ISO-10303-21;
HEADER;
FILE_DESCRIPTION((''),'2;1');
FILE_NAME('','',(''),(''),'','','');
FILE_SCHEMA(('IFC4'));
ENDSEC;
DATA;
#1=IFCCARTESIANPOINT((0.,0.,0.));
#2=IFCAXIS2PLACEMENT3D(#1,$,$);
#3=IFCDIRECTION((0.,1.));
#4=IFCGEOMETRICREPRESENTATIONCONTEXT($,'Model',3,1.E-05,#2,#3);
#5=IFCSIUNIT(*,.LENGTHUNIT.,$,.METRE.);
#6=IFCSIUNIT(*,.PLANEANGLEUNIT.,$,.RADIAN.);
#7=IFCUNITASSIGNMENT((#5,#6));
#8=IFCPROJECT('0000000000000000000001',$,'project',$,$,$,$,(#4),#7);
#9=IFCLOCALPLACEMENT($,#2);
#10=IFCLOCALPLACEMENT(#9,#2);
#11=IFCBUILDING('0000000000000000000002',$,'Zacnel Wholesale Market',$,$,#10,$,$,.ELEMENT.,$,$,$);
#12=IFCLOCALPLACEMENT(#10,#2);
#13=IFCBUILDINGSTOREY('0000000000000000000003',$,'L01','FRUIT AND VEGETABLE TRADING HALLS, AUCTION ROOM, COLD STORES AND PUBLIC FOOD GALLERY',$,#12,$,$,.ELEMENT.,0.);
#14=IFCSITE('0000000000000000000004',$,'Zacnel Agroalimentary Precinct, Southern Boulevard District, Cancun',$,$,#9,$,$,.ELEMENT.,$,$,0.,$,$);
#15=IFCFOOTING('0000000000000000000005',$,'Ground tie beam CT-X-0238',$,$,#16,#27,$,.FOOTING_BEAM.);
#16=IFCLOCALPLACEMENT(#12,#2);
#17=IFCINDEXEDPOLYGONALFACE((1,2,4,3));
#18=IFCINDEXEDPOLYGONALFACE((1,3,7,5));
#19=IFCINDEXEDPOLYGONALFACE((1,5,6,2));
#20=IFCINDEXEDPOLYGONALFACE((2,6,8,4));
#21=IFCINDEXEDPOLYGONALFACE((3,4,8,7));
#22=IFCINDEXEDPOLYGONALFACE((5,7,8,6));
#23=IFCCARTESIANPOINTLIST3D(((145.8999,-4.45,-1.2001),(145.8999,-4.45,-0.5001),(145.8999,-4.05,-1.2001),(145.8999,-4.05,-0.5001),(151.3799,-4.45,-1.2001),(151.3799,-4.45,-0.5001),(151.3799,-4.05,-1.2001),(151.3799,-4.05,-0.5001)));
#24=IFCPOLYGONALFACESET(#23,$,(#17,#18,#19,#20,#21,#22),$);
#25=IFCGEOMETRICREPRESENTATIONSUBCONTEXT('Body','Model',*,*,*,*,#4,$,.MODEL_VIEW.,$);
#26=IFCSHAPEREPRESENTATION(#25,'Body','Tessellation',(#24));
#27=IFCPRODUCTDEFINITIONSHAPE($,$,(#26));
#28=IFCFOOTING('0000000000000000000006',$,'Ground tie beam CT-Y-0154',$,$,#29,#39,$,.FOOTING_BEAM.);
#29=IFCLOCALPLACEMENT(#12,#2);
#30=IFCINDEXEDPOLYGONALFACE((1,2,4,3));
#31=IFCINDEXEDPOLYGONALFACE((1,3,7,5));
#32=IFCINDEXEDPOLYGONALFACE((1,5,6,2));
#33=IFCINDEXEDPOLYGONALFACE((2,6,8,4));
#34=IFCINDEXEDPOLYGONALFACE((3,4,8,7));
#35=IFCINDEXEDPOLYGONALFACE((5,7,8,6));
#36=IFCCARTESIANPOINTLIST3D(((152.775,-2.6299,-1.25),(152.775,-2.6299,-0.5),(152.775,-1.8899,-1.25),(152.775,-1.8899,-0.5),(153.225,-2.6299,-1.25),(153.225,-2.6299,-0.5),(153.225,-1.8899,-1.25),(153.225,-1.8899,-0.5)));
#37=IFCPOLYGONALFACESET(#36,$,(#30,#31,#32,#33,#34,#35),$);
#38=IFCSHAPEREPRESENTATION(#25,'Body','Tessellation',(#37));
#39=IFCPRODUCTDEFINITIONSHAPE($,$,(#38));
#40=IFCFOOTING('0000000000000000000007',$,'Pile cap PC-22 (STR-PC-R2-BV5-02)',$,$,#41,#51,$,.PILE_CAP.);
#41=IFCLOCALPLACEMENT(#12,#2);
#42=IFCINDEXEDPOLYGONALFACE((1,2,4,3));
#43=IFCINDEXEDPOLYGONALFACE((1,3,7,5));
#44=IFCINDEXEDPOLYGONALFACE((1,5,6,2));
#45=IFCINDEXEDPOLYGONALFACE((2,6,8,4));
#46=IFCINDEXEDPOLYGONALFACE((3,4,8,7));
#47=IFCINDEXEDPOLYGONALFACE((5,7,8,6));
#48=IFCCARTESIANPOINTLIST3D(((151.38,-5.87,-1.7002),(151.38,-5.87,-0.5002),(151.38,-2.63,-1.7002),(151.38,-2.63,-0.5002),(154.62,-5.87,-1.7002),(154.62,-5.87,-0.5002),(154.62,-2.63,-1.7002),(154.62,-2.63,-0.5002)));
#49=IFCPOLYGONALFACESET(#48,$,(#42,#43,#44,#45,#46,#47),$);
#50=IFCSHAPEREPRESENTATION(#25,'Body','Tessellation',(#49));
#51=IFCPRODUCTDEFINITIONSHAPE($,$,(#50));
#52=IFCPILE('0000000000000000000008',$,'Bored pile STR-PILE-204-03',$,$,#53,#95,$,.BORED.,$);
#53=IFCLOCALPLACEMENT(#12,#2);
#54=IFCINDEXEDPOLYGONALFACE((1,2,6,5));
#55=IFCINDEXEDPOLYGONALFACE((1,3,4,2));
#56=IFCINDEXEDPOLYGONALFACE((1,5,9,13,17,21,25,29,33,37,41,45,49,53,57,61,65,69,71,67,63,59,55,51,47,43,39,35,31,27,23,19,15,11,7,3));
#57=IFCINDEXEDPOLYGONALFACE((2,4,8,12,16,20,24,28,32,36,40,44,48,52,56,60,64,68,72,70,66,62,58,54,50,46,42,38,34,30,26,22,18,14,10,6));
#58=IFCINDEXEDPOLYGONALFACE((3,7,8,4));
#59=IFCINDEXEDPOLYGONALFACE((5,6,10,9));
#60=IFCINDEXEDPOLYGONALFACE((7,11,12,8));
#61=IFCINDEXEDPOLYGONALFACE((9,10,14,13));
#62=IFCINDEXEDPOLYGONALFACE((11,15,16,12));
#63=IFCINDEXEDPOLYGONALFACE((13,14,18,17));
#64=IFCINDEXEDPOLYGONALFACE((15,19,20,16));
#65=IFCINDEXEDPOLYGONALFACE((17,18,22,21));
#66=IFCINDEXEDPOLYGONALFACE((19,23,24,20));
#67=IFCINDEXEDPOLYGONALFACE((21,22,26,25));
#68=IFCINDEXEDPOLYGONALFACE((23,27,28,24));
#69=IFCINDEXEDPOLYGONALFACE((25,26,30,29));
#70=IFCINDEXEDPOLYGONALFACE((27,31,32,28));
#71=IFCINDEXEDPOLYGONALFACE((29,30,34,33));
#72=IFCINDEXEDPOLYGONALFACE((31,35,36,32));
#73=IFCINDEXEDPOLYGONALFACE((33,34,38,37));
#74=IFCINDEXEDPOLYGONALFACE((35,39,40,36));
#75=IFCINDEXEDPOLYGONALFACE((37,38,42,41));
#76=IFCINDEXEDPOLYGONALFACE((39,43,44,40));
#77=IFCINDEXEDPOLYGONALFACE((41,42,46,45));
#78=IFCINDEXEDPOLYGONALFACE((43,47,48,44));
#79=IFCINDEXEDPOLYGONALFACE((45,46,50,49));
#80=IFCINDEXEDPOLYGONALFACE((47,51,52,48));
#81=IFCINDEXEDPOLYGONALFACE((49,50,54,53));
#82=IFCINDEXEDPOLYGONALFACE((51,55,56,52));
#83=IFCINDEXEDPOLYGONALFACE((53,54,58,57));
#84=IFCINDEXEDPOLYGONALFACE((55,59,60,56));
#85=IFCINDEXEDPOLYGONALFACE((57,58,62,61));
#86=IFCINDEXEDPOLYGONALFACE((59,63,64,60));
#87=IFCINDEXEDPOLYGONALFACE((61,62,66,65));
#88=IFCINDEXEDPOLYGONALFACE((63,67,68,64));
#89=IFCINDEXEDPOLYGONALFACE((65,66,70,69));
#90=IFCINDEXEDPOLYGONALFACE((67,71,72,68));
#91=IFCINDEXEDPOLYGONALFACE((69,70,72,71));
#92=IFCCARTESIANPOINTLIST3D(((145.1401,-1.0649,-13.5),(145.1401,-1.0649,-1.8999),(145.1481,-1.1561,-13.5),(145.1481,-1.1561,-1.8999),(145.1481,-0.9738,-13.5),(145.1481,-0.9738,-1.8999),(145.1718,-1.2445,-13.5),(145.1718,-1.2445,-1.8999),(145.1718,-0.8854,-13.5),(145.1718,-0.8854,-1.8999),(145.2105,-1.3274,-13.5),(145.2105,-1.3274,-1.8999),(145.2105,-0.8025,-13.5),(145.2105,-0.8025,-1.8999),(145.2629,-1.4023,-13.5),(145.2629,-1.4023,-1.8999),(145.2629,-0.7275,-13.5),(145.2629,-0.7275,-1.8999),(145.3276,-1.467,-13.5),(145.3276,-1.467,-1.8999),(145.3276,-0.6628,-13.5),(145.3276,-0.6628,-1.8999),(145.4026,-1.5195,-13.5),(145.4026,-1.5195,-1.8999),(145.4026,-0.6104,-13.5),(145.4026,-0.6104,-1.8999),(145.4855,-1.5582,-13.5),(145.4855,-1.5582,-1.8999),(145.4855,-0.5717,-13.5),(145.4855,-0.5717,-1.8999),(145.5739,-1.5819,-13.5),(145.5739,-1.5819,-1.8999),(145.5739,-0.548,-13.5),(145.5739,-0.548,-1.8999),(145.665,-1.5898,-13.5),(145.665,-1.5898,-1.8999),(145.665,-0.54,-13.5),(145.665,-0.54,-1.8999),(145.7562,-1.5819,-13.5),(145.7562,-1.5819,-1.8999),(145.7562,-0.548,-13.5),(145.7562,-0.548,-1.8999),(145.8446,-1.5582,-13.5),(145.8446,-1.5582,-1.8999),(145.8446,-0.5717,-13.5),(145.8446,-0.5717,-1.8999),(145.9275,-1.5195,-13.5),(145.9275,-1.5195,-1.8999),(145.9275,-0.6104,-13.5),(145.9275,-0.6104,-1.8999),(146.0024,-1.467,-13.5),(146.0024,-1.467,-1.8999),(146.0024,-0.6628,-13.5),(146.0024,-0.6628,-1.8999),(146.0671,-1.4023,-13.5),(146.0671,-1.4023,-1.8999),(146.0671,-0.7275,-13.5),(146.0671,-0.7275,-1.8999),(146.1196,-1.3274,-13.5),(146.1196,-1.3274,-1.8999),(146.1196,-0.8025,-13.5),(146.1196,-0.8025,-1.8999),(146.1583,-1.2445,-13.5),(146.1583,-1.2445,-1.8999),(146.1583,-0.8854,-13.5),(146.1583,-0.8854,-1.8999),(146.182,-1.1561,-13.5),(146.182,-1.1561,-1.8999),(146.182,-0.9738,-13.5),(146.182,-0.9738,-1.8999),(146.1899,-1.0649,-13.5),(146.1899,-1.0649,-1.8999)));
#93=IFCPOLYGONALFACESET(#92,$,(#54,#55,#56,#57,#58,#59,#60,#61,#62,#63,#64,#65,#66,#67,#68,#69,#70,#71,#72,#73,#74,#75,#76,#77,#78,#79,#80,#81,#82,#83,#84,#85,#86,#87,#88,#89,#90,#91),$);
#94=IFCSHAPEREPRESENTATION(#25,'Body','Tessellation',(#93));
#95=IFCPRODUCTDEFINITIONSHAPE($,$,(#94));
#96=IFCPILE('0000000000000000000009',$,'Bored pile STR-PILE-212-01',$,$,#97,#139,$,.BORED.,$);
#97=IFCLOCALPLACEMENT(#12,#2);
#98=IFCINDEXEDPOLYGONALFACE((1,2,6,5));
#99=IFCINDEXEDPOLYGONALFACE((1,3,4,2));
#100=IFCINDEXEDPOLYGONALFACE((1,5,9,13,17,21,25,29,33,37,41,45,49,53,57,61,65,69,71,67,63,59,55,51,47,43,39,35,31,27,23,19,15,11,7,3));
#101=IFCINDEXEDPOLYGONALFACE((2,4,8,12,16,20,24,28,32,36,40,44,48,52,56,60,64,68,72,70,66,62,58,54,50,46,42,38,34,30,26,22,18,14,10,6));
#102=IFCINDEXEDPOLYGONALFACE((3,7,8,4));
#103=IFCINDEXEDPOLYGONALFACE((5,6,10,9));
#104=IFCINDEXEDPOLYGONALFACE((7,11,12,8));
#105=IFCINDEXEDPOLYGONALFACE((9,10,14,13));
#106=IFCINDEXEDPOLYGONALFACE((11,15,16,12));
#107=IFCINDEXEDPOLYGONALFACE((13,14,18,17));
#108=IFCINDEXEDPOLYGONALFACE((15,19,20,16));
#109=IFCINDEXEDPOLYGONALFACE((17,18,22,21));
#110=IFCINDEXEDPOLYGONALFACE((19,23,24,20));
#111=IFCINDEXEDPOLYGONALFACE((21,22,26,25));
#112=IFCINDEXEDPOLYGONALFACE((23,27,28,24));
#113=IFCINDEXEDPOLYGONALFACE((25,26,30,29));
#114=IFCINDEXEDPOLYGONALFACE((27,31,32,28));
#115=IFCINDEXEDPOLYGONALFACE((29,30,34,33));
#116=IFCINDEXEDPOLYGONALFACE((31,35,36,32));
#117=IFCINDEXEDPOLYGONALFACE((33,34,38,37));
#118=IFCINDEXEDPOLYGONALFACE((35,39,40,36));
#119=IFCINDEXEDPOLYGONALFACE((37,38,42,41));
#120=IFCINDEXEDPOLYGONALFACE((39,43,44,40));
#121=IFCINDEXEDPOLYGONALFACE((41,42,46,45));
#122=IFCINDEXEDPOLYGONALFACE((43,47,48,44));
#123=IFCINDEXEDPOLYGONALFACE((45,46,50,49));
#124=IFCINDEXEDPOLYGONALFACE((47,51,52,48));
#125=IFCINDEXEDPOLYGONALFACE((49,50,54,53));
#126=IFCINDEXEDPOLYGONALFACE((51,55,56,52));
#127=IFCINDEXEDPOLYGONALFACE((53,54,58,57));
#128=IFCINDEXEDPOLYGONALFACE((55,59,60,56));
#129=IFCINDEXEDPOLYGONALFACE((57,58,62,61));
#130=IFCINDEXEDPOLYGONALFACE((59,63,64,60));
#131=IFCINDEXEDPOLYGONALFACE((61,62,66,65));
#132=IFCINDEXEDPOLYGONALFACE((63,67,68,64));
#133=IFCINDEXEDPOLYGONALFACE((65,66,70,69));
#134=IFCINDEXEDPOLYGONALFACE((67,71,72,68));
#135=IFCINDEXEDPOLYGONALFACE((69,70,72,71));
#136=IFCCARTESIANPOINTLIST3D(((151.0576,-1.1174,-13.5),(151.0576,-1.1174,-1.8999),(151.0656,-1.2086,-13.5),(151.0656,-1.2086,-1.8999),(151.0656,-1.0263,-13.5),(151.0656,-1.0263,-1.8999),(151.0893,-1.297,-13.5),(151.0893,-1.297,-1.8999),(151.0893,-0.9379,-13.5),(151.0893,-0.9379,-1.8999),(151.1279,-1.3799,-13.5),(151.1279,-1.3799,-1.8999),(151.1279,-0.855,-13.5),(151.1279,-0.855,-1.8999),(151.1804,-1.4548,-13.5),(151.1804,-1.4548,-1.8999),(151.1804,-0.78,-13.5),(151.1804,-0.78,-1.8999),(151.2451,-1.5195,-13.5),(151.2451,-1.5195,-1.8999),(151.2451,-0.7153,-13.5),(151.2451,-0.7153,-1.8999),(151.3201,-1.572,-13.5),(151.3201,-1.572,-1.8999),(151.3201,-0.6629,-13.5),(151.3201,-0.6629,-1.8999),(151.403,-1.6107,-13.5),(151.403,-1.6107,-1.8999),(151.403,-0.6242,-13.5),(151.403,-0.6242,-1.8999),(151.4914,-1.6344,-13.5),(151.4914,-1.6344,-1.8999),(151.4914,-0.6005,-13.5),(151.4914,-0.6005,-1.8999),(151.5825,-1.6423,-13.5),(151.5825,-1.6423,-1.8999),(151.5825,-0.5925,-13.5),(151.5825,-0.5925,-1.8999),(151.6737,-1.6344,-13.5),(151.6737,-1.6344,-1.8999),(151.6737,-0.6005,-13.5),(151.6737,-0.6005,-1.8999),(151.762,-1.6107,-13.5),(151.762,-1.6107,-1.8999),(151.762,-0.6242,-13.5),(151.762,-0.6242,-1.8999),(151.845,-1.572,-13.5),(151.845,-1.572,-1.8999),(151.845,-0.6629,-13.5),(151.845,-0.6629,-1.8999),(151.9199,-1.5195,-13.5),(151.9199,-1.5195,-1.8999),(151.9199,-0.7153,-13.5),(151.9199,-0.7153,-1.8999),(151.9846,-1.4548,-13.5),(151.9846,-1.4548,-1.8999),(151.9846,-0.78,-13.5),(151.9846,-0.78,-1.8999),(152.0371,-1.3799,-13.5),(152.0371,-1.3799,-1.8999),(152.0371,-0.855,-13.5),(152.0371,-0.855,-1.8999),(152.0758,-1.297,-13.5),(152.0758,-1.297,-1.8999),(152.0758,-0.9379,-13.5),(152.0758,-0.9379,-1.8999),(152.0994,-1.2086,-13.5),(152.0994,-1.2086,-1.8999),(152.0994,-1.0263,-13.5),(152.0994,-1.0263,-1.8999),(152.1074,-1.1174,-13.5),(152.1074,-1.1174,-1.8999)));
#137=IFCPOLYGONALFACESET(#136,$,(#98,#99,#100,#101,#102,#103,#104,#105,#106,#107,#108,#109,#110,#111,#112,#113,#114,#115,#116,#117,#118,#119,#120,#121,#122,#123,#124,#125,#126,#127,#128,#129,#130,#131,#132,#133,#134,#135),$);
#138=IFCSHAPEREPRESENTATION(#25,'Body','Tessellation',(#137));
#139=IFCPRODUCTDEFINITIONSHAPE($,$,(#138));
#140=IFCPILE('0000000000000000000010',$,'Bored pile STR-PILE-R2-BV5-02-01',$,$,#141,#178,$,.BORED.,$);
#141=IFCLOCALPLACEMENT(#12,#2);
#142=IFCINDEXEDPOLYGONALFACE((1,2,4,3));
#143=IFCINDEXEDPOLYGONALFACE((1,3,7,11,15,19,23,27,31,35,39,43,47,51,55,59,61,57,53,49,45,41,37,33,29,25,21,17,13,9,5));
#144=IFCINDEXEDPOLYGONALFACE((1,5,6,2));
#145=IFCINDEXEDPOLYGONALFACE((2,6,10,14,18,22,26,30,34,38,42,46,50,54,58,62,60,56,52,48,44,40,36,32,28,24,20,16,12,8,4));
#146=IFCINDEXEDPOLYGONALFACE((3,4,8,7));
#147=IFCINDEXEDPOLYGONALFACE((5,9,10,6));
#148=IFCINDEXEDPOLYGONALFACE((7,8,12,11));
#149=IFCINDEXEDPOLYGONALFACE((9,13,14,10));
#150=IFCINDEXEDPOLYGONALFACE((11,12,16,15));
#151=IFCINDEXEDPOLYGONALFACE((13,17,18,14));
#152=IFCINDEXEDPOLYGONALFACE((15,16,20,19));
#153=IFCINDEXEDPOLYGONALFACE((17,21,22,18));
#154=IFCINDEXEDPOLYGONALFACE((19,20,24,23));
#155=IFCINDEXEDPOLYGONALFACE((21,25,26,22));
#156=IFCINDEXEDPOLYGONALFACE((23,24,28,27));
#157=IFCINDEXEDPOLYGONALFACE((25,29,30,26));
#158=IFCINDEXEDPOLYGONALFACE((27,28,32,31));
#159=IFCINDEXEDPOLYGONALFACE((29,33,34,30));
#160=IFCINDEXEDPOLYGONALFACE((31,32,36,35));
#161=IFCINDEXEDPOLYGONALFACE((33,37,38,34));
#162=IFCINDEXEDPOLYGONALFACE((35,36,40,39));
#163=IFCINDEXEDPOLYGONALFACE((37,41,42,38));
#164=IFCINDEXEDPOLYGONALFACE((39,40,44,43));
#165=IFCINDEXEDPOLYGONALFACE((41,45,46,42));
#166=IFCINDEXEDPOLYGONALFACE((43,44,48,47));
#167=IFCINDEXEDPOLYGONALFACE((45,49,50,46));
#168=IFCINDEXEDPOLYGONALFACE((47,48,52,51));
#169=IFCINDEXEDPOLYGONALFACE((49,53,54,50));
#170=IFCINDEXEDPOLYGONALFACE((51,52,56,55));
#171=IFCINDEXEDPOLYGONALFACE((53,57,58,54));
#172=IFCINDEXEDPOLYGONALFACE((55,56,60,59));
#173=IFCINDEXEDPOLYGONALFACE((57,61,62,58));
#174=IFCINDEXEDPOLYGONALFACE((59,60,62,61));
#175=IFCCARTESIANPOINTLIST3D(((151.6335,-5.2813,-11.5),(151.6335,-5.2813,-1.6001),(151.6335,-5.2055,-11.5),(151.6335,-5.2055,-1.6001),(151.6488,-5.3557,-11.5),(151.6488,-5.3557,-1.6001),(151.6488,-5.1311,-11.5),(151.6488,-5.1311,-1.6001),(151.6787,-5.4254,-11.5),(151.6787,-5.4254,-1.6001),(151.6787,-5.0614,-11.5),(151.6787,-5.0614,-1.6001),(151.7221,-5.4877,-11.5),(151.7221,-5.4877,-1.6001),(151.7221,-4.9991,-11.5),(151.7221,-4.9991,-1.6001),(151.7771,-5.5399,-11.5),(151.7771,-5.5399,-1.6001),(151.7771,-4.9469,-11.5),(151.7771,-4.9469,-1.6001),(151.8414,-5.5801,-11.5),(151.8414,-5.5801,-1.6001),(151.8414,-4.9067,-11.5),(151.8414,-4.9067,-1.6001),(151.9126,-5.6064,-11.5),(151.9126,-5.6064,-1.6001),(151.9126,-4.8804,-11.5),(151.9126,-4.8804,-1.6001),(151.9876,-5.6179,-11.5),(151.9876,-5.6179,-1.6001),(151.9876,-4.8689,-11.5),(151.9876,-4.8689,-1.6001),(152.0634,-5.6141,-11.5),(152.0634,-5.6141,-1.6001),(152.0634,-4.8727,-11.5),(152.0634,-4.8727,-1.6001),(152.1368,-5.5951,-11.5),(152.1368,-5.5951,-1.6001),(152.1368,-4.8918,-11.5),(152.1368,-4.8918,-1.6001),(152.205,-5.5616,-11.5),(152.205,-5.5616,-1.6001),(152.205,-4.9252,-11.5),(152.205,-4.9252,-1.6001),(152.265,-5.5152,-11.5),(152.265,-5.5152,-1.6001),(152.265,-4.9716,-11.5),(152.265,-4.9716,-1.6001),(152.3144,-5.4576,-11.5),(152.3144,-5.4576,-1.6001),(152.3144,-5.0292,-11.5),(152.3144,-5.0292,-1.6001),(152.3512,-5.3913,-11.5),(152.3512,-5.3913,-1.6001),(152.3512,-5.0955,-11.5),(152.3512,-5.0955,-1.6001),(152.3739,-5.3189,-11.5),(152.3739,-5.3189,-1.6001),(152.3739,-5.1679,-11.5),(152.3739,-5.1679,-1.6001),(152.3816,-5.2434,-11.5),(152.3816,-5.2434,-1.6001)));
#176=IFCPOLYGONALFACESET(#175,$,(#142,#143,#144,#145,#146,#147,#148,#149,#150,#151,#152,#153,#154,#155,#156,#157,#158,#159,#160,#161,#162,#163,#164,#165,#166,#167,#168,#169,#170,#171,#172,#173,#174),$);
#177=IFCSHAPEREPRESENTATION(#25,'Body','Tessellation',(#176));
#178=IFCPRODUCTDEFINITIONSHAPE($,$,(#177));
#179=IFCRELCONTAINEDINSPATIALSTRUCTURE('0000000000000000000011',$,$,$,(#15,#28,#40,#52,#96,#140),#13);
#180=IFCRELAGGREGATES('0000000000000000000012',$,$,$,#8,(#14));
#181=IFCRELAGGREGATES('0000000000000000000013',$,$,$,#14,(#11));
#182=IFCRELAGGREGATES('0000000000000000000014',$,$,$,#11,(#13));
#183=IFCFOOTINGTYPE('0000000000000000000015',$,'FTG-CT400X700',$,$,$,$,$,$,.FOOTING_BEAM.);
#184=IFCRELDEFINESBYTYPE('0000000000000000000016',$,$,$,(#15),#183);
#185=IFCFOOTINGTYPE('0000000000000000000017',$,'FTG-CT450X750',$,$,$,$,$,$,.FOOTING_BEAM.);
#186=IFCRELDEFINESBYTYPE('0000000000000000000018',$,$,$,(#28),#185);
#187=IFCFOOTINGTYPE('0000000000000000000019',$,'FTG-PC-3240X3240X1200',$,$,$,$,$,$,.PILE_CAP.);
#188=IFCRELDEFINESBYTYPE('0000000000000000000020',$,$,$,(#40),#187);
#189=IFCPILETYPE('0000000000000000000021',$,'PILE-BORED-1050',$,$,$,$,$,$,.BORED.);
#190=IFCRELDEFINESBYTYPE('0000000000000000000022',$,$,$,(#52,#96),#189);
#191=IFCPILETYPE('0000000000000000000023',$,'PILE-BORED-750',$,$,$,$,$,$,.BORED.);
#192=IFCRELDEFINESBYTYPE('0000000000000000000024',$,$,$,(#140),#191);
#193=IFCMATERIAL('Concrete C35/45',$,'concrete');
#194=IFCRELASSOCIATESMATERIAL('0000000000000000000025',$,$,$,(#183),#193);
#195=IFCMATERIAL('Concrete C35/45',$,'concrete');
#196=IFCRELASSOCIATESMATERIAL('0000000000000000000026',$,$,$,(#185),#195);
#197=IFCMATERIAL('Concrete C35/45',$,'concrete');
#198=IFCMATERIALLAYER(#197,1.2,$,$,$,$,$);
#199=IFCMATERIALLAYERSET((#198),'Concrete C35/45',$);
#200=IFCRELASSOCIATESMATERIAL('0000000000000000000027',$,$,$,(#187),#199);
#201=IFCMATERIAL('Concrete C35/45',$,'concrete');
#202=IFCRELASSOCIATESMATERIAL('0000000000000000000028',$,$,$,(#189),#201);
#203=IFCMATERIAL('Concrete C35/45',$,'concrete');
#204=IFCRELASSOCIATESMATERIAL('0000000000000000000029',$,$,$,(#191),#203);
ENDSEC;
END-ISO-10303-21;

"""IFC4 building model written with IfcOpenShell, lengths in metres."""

from ifc_helpers import new_model, si_unit, direction, frame, origin, origin_2d, place, context, subcontext, project, spatial, rectangle, circle, extrude, material, layer, layer_set, material_profile, profile_set, type_object, element, save


model = new_model("IFC4")

# Units and contexts
model_context = context("Model", 3, precision=1e-05, world=origin(), true_north=direction((0.0, 1.0)))
body_context = subcontext(model_context, "Body", "Model", "MODEL_VIEW")
ifc_project = project(units=[si_unit("LENGTHUNIT", "METRE"), si_unit("PLANEANGLEUNIT", "RADIAN")], contexts=[model_context])

# Site, building, storey
site_placement = place(None, origin())
site = spatial("IfcSite", under=ifc_project, at=site_placement, Name="Zacnel Agroalimentary Precinct, Southern Boulevard District, Cancun", CompositionType="ELEMENT", RefElevation=0.0)
building_placement = place(site_placement, origin())
building = spatial("IfcBuilding", under=site, at=building_placement, Name="Zacnel Wholesale Market", CompositionType="ELEMENT")
storey_placement = place(building_placement, origin())
storey = spatial("IfcBuildingStorey", under=building, at=storey_placement, Name="L01", Description="FRUIT AND VEGETABLE TRADING HALLS, AUCTION ROOM, COLD STORES AND PUBLIC FOOD GALLERY", CompositionType="ELEMENT", Elevation=0.0)

# Footings
ifc_material_1 = material(Name="Concrete C35/45", Category="concrete")
ifc_material_profile_1 = material_profile(ifc_material_1, rectangle(XDim=0.3999, YDim=0.7, at=origin_2d()), Name="CT 400x700")
ifc_profile_set_1 = profile_set([ifc_material_profile_1], Name="Concrete C35/45")
footing_type_1 = type_object("IfcFootingType", Name="FTG-CT400X700", PredefinedType="FOOTING_BEAM", material=ifc_profile_set_1)
footing_1_placement = place(storey_placement, frame((145.8999, -4.25, -0.8501), z_axis=(1.0, 0.0, 0.0), x_axis=(0.0, 1.0, 0.0)))
element("IfcFooting", 1, at=footing_1_placement, inside=storey, type_object=footing_type_1, Name="Ground tie beam CT-X-0238", PredefinedType="FOOTING_BEAM", context=body_context, shape_type="SweptSolid", body=[
    extrude(rectangle(XDim=0.3999, YDim=0.7, at=origin_2d()), origin(), (0.0, 0.0, 1.0), 5.48),
])
ifc_material_2 = material(Name="Concrete C35/45", Category="concrete")
ifc_material_profile_2 = material_profile(ifc_material_2, rectangle(XDim=0.45, YDim=0.75, at=origin_2d()), Name="CT 450x750")
ifc_profile_set_2 = profile_set([ifc_material_profile_2], Name="Concrete C35/45")
footing_type_2 = type_object("IfcFootingType", Name="FTG-CT450X750", PredefinedType="FOOTING_BEAM", material=ifc_profile_set_2)
footing_2_placement = place(storey_placement, frame((153.0, -2.6299, -0.875), z_axis=(0.0, 1.0, 0.0), x_axis=(-1.0, 0.0, 0.0)))
element("IfcFooting", 2, at=footing_2_placement, inside=storey, type_object=footing_type_2, Name="Ground tie beam CT-Y-0154", PredefinedType="FOOTING_BEAM", context=body_context, shape_type="SweptSolid", body=[
    extrude(rectangle(XDim=0.45, YDim=0.75, at=origin_2d()), origin(), (0.0, 0.0, 1.0), 0.74),
])
ifc_material_3 = material(Name="Concrete C35/45", Category="concrete")
ifc_layer_1 = layer(ifc_material_3, 1.2)
ifc_layer_set_1 = layer_set([ifc_layer_1], Name="Concrete C35/45")
footing_type_3 = type_object("IfcFootingType", Name="FTG-PC-3240X3240X1200", PredefinedType="PILE_CAP", material=ifc_layer_set_1)
footing_3_placement = place(storey_placement, frame((153.0, -4.25, -1.7002), z_axis=(0.0, 0.0, 1.0), x_axis=(1.0, 0.0, 0.0)))
element("IfcFooting", 3, at=footing_3_placement, inside=storey, type_object=footing_type_3, Name="Pile cap PC-22 (STR-PC-R2-BV5-02)", PredefinedType="PILE_CAP", context=body_context, shape_type="SweptSolid", body=[
    extrude(rectangle(XDim=3.24, YDim=3.24, at=origin_2d()), origin(), (0.0, 0.0, 1.0), 1.2),
])

# Piles
ifc_material_4 = material(Name="Concrete C35/45", Category="concrete")
ifc_material_profile_3 = material_profile(ifc_material_4, circle(Radius=0.5249, at=origin_2d()), Name="BORED PILE D1050")
ifc_profile_set_3 = profile_set([ifc_material_profile_3], Name="Concrete C35/45")
pile_type_1 = type_object("IfcPileType", Name="PILE-BORED-1050", PredefinedType="BORED", material=ifc_profile_set_3)
for number, where, z_axis, x_axis, name in (
    (4, (145.665, -1.0649, -1.8999), (0.0, 0.0, -1.0), (1.0, 0.0, 0.0), "Bored pile STR-PILE-204-03"),
    (5, (151.5825, -1.1174, -1.8999), (0.0, 0.0, -1.0), (1.0, 0.0, 0.0), "Bored pile STR-PILE-212-01"),
):
    element("IfcPile", number, at=place(storey_placement, frame(where, z_axis=z_axis, x_axis=x_axis)), inside=storey, type_object=pile_type_1, Name=name, PredefinedType="BORED", context=body_context, shape_type="SweptSolid", body=[
        extrude(circle(Radius=0.5249, at=origin_2d()), origin(), (0.0, 0.0, 1.0), 11.6001),
    ])
ifc_material_5 = material(Name="Concrete C35/45", Category="concrete")
ifc_material_profile_4 = material_profile(ifc_material_5, circle(Radius=0.375, at=origin_2d()), Name="BORED PILE D750")
ifc_profile_set_4 = profile_set([ifc_material_profile_4], Name="Concrete C35/45")
pile_type_2 = type_object("IfcPileType", Name="PILE-BORED-750", PredefinedType="BORED", material=ifc_profile_set_4)
for number, where, z_axis, x_axis, name in (
    (6, (152.0066, -5.2434, -1.6001), (0.0, 0.0, -1.0), (1.0, 0.0, 0.0), "Bored pile STR-PILE-R2-BV5-02-01"),
):
    element("IfcPile", number, at=place(storey_placement, frame(where, z_axis=z_axis, x_axis=x_axis)), inside=storey, type_object=pile_type_2, Name=name, PredefinedType="BORED", context=body_context, shape_type="SweptSolid", body=[
        extrude(circle(Radius=0.375, at=origin_2d()), origin(), (0.0, 0.0, 1.0), 9.8999),
    ])

save(model, "model.ifc")
